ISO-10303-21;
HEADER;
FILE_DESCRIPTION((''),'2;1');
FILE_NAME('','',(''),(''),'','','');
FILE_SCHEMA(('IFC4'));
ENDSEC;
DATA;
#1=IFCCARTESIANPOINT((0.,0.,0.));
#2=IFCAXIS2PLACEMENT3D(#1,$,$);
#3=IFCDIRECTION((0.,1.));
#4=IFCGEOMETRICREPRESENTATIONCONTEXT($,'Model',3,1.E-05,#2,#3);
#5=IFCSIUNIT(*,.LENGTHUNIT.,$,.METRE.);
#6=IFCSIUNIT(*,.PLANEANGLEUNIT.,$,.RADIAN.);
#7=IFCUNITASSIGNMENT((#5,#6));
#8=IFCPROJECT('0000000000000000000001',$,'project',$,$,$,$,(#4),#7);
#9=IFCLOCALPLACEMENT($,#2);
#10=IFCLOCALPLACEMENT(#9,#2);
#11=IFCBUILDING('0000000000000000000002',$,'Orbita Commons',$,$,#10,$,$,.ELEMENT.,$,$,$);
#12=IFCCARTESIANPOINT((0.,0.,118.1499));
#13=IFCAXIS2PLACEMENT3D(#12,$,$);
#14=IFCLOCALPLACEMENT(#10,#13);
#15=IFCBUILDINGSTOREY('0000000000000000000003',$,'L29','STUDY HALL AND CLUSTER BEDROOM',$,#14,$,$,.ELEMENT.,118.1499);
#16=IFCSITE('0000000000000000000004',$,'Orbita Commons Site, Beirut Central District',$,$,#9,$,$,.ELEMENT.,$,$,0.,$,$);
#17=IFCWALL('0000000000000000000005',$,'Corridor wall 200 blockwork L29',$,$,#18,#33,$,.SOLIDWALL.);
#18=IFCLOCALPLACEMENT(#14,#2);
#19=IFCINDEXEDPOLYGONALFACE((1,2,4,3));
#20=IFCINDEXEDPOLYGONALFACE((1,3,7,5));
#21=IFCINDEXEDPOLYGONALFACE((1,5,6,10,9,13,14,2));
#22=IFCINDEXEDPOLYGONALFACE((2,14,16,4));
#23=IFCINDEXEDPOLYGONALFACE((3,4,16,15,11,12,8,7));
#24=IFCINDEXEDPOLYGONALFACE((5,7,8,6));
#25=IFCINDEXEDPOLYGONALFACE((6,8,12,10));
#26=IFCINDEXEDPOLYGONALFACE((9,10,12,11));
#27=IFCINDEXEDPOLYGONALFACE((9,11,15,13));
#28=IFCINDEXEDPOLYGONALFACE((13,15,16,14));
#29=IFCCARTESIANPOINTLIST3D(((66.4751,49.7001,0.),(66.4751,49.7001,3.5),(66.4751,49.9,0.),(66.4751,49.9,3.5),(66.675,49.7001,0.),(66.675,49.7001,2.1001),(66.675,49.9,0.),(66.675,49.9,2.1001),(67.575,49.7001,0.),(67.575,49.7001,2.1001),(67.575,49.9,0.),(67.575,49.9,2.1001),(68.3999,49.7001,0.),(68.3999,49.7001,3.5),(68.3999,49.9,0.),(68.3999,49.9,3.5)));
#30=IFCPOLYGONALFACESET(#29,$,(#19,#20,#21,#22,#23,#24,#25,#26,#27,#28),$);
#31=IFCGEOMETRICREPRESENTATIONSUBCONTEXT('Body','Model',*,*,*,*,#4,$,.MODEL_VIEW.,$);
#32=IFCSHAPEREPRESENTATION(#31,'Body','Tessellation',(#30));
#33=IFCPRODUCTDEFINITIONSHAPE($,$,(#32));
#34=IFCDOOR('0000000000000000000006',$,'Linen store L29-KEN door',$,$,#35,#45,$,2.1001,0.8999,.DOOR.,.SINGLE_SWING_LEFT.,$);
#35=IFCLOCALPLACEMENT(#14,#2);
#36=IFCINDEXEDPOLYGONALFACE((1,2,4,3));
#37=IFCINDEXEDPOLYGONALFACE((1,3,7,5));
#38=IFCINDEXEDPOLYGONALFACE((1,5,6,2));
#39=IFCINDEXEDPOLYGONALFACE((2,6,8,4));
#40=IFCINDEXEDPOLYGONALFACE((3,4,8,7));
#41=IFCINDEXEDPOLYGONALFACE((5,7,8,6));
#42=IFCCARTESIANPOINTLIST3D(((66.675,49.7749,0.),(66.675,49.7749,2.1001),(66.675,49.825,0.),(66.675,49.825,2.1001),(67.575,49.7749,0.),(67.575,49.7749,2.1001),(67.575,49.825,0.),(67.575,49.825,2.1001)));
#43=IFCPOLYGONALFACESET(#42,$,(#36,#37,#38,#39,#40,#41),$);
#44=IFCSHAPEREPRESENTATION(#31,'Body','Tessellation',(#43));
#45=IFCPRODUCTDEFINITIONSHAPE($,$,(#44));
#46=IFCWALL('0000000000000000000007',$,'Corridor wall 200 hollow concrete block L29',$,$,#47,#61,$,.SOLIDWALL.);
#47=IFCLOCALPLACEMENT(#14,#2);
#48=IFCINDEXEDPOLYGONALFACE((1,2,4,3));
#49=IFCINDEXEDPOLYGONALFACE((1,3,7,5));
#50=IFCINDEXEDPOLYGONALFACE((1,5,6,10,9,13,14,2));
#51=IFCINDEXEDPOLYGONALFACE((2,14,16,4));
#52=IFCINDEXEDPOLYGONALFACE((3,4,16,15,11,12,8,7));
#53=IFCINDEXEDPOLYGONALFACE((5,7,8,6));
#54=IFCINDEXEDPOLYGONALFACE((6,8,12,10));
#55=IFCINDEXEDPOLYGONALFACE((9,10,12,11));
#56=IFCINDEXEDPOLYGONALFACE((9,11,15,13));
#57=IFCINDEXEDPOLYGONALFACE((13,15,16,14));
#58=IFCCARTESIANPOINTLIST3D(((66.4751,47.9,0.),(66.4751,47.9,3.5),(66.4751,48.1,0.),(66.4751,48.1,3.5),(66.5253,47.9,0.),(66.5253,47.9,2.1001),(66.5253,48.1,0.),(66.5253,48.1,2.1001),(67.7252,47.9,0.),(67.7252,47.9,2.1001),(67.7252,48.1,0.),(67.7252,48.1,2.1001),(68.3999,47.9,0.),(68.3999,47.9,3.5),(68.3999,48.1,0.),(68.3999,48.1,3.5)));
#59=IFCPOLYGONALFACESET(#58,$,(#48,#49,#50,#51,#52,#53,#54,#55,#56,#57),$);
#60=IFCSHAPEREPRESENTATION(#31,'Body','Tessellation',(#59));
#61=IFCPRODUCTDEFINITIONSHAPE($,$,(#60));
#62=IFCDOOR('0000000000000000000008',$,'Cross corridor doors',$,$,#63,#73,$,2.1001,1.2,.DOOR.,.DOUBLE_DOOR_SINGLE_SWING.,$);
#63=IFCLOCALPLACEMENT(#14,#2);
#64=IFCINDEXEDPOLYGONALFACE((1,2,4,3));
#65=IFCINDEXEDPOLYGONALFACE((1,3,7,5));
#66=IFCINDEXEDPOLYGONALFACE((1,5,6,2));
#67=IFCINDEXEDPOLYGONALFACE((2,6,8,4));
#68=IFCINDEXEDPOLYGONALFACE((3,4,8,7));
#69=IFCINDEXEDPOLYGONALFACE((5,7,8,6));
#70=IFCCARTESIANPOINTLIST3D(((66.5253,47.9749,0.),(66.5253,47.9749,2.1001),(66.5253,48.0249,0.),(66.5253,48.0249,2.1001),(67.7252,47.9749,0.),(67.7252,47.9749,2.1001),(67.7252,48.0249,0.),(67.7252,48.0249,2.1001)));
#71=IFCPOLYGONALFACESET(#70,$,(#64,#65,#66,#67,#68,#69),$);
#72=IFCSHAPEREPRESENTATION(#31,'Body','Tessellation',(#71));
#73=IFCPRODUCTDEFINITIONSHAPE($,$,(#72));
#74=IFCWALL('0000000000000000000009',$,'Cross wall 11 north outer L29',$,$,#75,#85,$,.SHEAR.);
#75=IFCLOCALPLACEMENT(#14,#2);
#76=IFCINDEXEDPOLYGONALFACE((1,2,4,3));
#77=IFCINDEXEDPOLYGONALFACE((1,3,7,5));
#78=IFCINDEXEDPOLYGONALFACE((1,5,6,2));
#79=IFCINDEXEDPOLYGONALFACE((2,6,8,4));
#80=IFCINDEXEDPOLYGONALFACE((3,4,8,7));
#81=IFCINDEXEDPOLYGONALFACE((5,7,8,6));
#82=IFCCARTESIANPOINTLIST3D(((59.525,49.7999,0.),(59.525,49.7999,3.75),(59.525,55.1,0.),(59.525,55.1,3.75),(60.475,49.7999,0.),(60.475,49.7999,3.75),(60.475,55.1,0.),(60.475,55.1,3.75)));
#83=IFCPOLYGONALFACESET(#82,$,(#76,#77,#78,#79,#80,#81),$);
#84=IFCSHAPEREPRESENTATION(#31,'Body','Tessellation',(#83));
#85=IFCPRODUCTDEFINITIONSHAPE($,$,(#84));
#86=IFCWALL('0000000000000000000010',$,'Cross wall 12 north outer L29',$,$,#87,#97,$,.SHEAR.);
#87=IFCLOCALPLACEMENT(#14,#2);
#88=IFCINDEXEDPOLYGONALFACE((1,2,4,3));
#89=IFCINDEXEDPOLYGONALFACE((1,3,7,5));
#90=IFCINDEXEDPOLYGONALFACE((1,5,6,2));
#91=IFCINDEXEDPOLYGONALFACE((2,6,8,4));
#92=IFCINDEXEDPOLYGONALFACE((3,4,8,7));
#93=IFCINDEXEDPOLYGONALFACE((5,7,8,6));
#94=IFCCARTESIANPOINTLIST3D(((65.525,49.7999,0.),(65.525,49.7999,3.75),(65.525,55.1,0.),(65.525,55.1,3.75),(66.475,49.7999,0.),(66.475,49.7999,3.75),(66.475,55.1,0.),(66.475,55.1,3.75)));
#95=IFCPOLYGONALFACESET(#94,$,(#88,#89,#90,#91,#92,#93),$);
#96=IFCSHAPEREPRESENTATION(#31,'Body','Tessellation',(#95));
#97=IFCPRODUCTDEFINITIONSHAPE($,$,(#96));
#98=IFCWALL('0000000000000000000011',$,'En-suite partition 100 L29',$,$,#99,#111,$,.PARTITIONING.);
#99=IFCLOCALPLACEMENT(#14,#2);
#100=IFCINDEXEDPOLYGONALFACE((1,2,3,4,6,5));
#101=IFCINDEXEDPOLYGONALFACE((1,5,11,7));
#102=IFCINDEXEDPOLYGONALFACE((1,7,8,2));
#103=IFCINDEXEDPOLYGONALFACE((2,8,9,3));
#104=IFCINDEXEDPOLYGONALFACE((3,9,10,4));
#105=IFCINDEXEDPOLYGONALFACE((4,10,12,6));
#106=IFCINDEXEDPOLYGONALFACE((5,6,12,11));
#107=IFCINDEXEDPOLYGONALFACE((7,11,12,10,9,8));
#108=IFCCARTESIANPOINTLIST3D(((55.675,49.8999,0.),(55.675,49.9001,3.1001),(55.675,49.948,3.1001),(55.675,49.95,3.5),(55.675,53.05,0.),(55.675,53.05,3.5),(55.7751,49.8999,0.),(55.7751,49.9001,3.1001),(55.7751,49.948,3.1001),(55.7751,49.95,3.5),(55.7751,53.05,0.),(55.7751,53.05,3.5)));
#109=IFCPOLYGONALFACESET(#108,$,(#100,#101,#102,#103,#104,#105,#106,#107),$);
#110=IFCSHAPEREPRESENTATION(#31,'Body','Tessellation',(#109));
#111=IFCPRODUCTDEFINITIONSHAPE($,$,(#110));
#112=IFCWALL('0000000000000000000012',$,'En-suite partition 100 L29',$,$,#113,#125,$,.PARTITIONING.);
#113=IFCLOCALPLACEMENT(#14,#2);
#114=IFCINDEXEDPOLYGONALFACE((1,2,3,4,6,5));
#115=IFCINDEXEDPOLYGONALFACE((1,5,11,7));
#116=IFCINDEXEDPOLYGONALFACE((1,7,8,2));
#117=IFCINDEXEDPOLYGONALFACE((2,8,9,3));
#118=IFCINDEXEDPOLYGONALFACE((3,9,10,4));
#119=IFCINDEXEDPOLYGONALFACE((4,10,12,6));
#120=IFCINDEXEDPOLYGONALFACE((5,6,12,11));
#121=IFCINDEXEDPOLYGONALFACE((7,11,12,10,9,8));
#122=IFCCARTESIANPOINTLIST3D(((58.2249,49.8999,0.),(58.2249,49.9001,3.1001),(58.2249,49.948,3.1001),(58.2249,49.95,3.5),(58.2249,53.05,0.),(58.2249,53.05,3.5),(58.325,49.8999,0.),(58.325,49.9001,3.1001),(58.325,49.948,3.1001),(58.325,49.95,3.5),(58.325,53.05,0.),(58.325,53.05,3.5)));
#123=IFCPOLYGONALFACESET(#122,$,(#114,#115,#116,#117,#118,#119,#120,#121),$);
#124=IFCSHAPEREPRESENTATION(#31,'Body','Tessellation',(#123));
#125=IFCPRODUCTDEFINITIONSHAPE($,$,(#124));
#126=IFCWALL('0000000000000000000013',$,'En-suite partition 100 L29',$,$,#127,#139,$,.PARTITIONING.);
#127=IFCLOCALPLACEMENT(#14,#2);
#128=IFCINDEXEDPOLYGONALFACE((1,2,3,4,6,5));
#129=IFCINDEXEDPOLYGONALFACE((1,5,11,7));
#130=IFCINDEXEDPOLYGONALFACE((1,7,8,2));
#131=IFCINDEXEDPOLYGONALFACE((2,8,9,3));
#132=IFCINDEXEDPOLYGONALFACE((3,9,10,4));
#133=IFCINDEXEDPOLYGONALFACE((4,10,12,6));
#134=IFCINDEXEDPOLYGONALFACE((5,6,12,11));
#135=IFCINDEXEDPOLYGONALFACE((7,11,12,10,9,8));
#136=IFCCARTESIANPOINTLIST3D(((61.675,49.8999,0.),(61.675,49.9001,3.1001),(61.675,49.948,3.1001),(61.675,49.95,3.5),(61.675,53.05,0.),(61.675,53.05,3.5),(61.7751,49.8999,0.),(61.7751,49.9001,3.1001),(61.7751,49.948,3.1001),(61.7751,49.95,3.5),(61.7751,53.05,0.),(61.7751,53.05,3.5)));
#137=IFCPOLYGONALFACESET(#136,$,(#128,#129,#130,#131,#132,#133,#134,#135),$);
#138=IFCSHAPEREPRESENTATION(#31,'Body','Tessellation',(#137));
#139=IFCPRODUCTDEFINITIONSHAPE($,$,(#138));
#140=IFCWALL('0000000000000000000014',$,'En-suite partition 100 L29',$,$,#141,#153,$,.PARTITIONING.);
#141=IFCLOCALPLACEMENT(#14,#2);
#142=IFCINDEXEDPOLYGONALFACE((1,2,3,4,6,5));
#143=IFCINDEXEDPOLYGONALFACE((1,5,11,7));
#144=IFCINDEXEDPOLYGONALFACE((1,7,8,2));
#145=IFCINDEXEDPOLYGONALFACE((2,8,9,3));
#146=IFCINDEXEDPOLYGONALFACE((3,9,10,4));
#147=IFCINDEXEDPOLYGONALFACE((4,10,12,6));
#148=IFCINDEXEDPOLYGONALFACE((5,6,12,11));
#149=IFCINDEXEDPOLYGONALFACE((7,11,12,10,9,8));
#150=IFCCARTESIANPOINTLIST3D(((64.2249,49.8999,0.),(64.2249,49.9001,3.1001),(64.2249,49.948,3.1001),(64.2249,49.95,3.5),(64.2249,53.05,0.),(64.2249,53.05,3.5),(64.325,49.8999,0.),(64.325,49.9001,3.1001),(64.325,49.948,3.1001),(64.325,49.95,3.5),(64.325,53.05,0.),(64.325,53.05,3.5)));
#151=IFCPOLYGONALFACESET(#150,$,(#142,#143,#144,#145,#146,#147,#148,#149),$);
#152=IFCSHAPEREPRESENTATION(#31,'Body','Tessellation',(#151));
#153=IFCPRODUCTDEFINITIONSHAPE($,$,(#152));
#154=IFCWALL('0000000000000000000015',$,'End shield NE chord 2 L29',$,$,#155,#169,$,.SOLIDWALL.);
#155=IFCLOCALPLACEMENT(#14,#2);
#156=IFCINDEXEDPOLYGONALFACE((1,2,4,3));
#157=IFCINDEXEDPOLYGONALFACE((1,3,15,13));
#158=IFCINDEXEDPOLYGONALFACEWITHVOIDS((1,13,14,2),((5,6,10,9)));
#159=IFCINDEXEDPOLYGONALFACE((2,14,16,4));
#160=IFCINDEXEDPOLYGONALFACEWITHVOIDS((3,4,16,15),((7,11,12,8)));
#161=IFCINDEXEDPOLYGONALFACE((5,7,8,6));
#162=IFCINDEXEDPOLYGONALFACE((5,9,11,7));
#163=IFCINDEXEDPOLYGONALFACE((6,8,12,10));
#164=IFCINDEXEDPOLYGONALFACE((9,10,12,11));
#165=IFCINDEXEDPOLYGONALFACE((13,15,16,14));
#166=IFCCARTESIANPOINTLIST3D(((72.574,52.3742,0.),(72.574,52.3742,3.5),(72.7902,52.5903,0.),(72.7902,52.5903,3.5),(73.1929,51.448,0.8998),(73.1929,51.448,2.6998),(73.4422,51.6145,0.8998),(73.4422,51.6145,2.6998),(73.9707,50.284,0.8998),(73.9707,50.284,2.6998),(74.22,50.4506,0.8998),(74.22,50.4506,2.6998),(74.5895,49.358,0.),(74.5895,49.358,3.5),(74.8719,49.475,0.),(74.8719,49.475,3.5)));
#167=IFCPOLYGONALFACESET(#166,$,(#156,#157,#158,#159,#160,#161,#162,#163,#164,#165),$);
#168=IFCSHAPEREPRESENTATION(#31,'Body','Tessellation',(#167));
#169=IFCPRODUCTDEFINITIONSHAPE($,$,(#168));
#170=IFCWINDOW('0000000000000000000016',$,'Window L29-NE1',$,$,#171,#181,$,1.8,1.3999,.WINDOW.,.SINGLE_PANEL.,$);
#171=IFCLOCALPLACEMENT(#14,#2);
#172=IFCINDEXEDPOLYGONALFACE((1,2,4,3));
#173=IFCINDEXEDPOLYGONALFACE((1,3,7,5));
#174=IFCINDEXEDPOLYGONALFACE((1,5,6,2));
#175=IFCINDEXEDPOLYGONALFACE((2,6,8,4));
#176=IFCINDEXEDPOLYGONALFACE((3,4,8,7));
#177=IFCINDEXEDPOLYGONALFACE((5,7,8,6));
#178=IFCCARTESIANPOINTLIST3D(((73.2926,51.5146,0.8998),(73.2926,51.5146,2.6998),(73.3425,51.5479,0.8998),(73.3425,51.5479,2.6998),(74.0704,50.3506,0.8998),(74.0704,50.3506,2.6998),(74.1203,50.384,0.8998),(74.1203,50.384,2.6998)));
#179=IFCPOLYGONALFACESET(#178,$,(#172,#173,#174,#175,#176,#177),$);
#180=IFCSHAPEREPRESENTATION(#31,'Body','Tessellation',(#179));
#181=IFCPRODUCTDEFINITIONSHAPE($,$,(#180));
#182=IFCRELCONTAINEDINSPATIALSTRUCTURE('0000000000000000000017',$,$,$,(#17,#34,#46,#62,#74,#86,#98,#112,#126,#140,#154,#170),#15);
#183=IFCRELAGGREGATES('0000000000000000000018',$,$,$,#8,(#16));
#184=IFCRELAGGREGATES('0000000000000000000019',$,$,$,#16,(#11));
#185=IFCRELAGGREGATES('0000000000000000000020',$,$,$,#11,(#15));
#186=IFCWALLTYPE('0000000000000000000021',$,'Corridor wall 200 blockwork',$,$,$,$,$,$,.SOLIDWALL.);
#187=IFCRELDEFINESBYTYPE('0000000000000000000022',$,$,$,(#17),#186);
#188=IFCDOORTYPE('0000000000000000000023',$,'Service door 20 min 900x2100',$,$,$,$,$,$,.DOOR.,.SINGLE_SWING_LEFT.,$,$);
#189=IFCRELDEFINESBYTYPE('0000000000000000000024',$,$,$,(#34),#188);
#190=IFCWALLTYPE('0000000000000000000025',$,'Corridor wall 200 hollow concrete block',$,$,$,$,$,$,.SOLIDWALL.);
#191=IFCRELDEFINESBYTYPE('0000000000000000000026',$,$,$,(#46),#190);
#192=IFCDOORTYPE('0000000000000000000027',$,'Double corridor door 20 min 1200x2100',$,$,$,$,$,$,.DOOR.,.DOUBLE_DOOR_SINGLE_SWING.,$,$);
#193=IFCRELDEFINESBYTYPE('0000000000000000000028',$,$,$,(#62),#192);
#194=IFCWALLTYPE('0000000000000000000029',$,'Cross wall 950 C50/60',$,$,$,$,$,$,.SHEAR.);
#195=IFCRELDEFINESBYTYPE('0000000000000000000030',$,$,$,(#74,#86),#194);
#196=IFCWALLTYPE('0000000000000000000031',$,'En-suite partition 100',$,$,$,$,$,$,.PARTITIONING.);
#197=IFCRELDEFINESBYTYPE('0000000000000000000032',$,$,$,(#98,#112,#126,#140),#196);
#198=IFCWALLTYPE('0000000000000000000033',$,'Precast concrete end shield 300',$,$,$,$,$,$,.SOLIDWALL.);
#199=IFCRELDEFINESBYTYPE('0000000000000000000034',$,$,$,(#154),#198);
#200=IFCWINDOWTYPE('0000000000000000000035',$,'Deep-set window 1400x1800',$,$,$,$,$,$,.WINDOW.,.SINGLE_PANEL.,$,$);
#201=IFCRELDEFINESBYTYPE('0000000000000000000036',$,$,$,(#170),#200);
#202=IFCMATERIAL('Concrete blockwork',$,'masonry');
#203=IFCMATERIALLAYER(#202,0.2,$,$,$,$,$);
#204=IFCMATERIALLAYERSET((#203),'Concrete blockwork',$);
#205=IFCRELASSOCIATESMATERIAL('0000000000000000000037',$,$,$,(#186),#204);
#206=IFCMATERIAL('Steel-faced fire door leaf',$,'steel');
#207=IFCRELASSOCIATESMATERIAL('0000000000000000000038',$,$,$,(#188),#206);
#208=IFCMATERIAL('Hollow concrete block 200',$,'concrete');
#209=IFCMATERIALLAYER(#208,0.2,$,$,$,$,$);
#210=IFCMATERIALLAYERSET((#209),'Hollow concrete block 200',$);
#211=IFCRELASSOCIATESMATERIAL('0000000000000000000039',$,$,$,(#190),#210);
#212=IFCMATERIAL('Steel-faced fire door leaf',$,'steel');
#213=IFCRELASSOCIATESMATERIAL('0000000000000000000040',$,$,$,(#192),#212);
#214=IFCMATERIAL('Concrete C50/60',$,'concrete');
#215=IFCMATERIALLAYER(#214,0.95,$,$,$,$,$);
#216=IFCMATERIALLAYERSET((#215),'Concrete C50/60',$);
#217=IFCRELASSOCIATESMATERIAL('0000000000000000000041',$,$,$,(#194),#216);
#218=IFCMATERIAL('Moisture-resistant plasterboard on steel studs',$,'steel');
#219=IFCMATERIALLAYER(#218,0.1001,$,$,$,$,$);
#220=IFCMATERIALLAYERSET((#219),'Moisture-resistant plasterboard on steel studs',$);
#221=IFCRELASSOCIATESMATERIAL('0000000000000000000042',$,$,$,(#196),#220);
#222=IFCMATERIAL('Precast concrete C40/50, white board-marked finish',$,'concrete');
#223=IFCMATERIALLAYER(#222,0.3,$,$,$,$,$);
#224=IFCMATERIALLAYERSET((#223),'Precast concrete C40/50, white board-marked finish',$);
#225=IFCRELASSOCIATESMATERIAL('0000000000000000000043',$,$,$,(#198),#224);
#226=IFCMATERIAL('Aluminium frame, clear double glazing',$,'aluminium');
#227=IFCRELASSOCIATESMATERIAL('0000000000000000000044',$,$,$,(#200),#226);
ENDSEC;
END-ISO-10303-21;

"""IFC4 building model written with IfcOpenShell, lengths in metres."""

from ifc_helpers import new_model, si_unit, direction, frame, frame_2d, origin, place, context, subcontext, project, spatial, polyline, rectangle, outline, extrude, material, layer, layer_set, type_object, element, fill, save


model = new_model("IFC4")

# Units and contexts
model_context = context("Model", 3, precision=1e-05, world=origin(), true_north=direction((0.0, 1.0)))
body_context = subcontext(model_context, "Body", "Model", "MODEL_VIEW")
ifc_project = project(units=[si_unit("LENGTHUNIT", "METRE"), si_unit("PLANEANGLEUNIT", "RADIAN")], contexts=[model_context])

# Site, building, storey
site_placement = place(None, origin())
site = spatial("IfcSite", under=ifc_project, at=site_placement, Name="Orbita Commons Site, Beirut Central District", CompositionType="ELEMENT", RefElevation=0.0)
building_placement = place(site_placement, origin())
building = spatial("IfcBuilding", under=site, at=building_placement, Name="Orbita Commons", CompositionType="ELEMENT")
storey_placement = place(building_placement, frame((0.0, 0.0, 118.1499)))
storey = spatial("IfcBuildingStorey", under=building, at=storey_placement, Name="L29", Description="STUDY HALL AND CLUSTER BEDROOM", CompositionType="ELEMENT", Elevation=118.1499)

# Shared definitions
ifc_material_1 = material(Name="Concrete blockwork", Category="masonry")
ifc_layer_1 = layer(ifc_material_1, 0.2)
ifc_layer_set_1 = layer_set([ifc_layer_1], Name="Concrete blockwork")
wall_type_1 = type_object("IfcWallType", Name="Corridor wall 200 blockwork", PredefinedType="SOLIDWALL", material=ifc_layer_set_1)

# Walls, openings, doors
wall_1_placement = place(storey_placement, frame((66.4751, 49.8, 0.0), z_axis=(0.0, 0.0, 1.0), x_axis=(1.0, 0.0, 0.0)))
wall_1 = element("IfcWall", 1, at=wall_1_placement, inside=storey, type_object=wall_type_1, Name="Corridor wall 200 blockwork L29", PredefinedType="SOLIDWALL", context=body_context, shape_type="SweptSolid", body=[
    extrude(rectangle(XDim=1.9248, YDim=0.2, at=frame_2d((0.9624, 0.0))), origin(), (0.0, 0.0, 1.0), 3.5),
])
opening_1_placement = place(wall_1_placement, frame((0.2, 0.0, 0.0)))
opening_1 = element("IfcOpeningElement", 2, at=opening_1_placement, cuts=wall_1, PredefinedType="OPENING", context=body_context, shape_type="SweptSolid", body=[
    extrude(rectangle(XDim=0.8999, YDim=2.1001, at=frame_2d((0.45, 1.05))), frame((0.0, 0.1099, 0.0), z_axis=(0.0, -1.0, 0.0), x_axis=(1.0, 0.0, 0.0)), (0.0, 0.0, 1.0), 0.22),
])
ifc_material_2 = material(Name="Steel-faced fire door leaf", Category="steel")
door_type_1 = type_object("IfcDoorType", Name="Service door 20 min 900x2100", OperationType="SINGLE_SWING_LEFT", PredefinedType="DOOR", material=ifc_material_2)
door_1_placement = place(opening_1_placement, origin())
door_1 = element("IfcDoor", 3, at=door_1_placement, inside=storey, type_object=door_type_1, Name="Linen store L29-KEN door", OperationType="SINGLE_SWING_LEFT", OverallHeight=2.1001, OverallWidth=0.8999, PredefinedType="DOOR", context=body_context, shape_type="SweptSolid", body=[
    extrude(rectangle(XDim=0.8999, YDim=2.1001, at=frame_2d((0.45, 1.05))), frame((0.0, 0.0249, 0.0), z_axis=(0.0, -1.0, 0.0), x_axis=(1.0, 0.0, 0.0)), (0.0, 0.0, 1.0), 0.05),
])
fill(opening_1, door_1)
ifc_material_3 = material(Name="Hollow concrete block 200", Category="concrete")
ifc_layer_2 = layer(ifc_material_3, 0.2)
ifc_layer_set_2 = layer_set([ifc_layer_2], Name="Hollow concrete block 200")
wall_type_2 = type_object("IfcWallType", Name="Corridor wall 200 hollow concrete block", PredefinedType="SOLIDWALL", material=ifc_layer_set_2)
wall_2_placement = place(storey_placement, frame((66.4751, 48.0, 0.0), z_axis=(0.0, 0.0, 1.0), x_axis=(1.0, 0.0, 0.0)))
wall_2 = element("IfcWall", 4, at=wall_2_placement, inside=storey, type_object=wall_type_2, Name="Corridor wall 200 hollow concrete block L29", PredefinedType="SOLIDWALL", context=body_context, shape_type="SweptSolid", body=[
    extrude(rectangle(XDim=1.9248, YDim=0.2, at=frame_2d((0.9624, 0.0))), origin(), (0.0, 0.0, 1.0), 3.5),
])
opening_2_placement = place(wall_2_placement, frame((0.05, 0.0, 0.0)))
opening_2 = element("IfcOpeningElement", 5, at=opening_2_placement, cuts=wall_2, PredefinedType="OPENING", context=body_context, shape_type="SweptSolid", body=[
    extrude(rectangle(XDim=1.2, YDim=2.1001, at=frame_2d((0.6001, 1.05))), frame((0.0, 0.1099, 0.0), z_axis=(0.0, -1.0, 0.0), x_axis=(1.0, 0.0, 0.0)), (0.0, 0.0, 1.0), 0.22),
])
ifc_material_4 = material(Name="Steel-faced fire door leaf", Category="steel")
door_type_2 = type_object("IfcDoorType", Name="Double corridor door 20 min 1200x2100", OperationType="DOUBLE_DOOR_SINGLE_SWING", PredefinedType="DOOR", material=ifc_material_4)
door_2_placement = place(opening_2_placement, origin())
door_2 = element("IfcDoor", 6, at=door_2_placement, inside=storey, type_object=door_type_2, Name="Cross corridor doors", OperationType="DOUBLE_DOOR_SINGLE_SWING", OverallHeight=2.1001, OverallWidth=1.2, PredefinedType="DOOR", context=body_context, shape_type="SweptSolid", body=[
    extrude(rectangle(XDim=1.2, YDim=2.1001, at=frame_2d((0.6001, 1.05))), frame((0.0, 0.0249, 0.0), z_axis=(0.0, -1.0, 0.0), x_axis=(1.0, 0.0, 0.0)), (0.0, 0.0, 1.0), 0.05),
])
fill(opening_2, door_2)

# Walls
ifc_material_5 = material(Name="Concrete C50/60", Category="concrete")
ifc_layer_3 = layer(ifc_material_5, 0.95)
ifc_layer_set_3 = layer_set([ifc_layer_3], Name="Concrete C50/60")
wall_type_3 = type_object("IfcWallType", Name="Cross wall 950 C50/60", PredefinedType="SHEAR", material=ifc_layer_set_3)
for number, where, z_axis, x_axis, name in (
    (7, (60.0, 49.8, 0.0), (0.0, 0.0, 1.0), (0.0, 1.0, 0.0), "Cross wall 11 north outer L29"),
    (8, (66.0, 49.8, 0.0), (0.0, 0.0, 1.0), (0.0, 1.0, 0.0), "Cross wall 12 north outer L29"),
):
    element("IfcWall", number, at=place(storey_placement, frame(where, z_axis=z_axis, x_axis=x_axis)), inside=storey, type_object=wall_type_3, Name=name, PredefinedType="SHEAR", context=body_context, shape_type="SweptSolid", body=[
        extrude(rectangle(XDim=5.3, YDim=0.95, at=frame_2d((2.6499, 0.0))), origin(), (0.0, 0.0, 1.0), 3.75),
    ])
ifc_material_6 = material(Name="Moisture-resistant plasterboard on steel studs", Category="steel")
ifc_layer_4 = layer(ifc_material_6, 0.1001)
ifc_layer_set_4 = layer_set([ifc_layer_4], Name="Moisture-resistant plasterboard on steel studs")
wall_type_4 = type_object("IfcWallType", Name="En-suite partition 100", PredefinedType="PARTITIONING", material=ifc_layer_set_4)
for number, where, z_axis, x_axis, name in (
    (9, (55.7251, 53.05, 0.0), (0.0, 0.0, 1.0), (0.0, -1.0, 0.0), "En-suite partition 100 L29"),
    (10, (58.2749, 53.05, 0.0), (0.0, 0.0, 1.0), (0.0, -1.0, 0.0), "En-suite partition 100 L29"),
    (11, (61.7251, 53.05, 0.0), (0.0, 0.0, 1.0), (0.0, -1.0, 0.0), "En-suite partition 100 L29"),
    (12, (64.2749, 53.05, 0.0), (0.0, 0.0, 1.0), (0.0, -1.0, 0.0), "En-suite partition 100 L29"),
):
    element("IfcWall", number, at=place(storey_placement, frame(where, z_axis=z_axis, x_axis=x_axis)), inside=storey, type_object=wall_type_4, Name=name, PredefinedType="PARTITIONING", context=body_context, shape_type="SweptSolid", body=[
        extrude(outline(polyline([(0.0, 0.0), (3.1501, 0.0), (3.1499, 3.1001), (3.1021, 3.1001), (3.1001, 3.5), (0.0, 3.5), (0.0, 0.0)])), frame((0.0, 0.05, 0.0), z_axis=(0.0, -1.0, 0.0), x_axis=(1.0, 0.0, 0.0)), (0.0, 0.0, 1.0), 0.1001),
    ])

# Wall, opening, window
ifc_material_7 = material(Name="Precast concrete C40/50, white board-marked finish", Category="concrete")
ifc_layer_5 = layer(ifc_material_7, 0.3)
ifc_layer_set_5 = layer_set([ifc_layer_5], Name="Precast concrete C40/50, white board-marked finish")
wall_type_5 = type_object("IfcWallType", Name="Precast concrete end shield 300", PredefinedType="SOLIDWALL", material=ifc_layer_set_5)
wall_3_placement = place(storey_placement, frame((74.7307, 49.4165, 0.0), z_axis=(0.0, 0.0, 1.0), x_axis=(-0.555601, 0.831449, 0.0)))
wall_3 = element("IfcWall", 13, at=wall_3_placement, inside=storey, type_object=wall_type_5, Name="End shield NE chord 2 L29", PredefinedType="SOLIDWALL", context=body_context, shape_type="SweptSolid", body=[
    extrude(outline(polyline([(-0.0298, -0.1499), (3.717, -0.1499), (3.6575, 0.1499), (0.0298, 0.1499), (-0.0298, -0.1499)])), origin(), (0.0, 0.0, 1.0), 3.5),
])
opening_3_placement = place(wall_3_placement, frame((1.1436, 0.0, 0.8999)))
opening_3 = element("IfcOpeningElement", 14, at=opening_3_placement, cuts=wall_3, PredefinedType="OPENING", context=body_context, shape_type="SweptSolid", body=[
    extrude(rectangle(XDim=1.3999, YDim=1.8, at=frame_2d((0.7, 0.8999))), frame((0.0, 0.1599, 0.0), z_axis=(0.0, -1.0, 0.0), x_axis=(1.0, 0.0, 0.0)), (0.0, 0.0, 1.0), 0.3201),
])
ifc_material_8 = material(Name="Aluminium frame, clear double glazing", Category="aluminium")
window_type = type_object("IfcWindowType", Name="Deep-set window 1400x1800", PartitioningType="SINGLE_PANEL", PredefinedType="WINDOW", material=ifc_material_8)
window_1_placement = place(opening_3_placement, origin())
window_1 = element("IfcWindow", 15, at=window_1_placement, inside=storey, type_object=window_type, Name="Window L29-NE1", OverallHeight=1.8, OverallWidth=1.3999, PartitioningType="SINGLE_PANEL", PredefinedType="WINDOW", context=body_context, shape_type="SweptSolid", body=[
    extrude(rectangle(XDim=1.3999, YDim=1.8, at=frame_2d((0.7, 0.8999))), frame((0.0, 0.03, 0.0), z_axis=(0.0, -1.0, 0.0), x_axis=(1.0, 0.0, 0.0)), (0.0, 0.0, 1.0), 0.0601),
])
fill(opening_3, window_1)

save(model, "model.ifc")
